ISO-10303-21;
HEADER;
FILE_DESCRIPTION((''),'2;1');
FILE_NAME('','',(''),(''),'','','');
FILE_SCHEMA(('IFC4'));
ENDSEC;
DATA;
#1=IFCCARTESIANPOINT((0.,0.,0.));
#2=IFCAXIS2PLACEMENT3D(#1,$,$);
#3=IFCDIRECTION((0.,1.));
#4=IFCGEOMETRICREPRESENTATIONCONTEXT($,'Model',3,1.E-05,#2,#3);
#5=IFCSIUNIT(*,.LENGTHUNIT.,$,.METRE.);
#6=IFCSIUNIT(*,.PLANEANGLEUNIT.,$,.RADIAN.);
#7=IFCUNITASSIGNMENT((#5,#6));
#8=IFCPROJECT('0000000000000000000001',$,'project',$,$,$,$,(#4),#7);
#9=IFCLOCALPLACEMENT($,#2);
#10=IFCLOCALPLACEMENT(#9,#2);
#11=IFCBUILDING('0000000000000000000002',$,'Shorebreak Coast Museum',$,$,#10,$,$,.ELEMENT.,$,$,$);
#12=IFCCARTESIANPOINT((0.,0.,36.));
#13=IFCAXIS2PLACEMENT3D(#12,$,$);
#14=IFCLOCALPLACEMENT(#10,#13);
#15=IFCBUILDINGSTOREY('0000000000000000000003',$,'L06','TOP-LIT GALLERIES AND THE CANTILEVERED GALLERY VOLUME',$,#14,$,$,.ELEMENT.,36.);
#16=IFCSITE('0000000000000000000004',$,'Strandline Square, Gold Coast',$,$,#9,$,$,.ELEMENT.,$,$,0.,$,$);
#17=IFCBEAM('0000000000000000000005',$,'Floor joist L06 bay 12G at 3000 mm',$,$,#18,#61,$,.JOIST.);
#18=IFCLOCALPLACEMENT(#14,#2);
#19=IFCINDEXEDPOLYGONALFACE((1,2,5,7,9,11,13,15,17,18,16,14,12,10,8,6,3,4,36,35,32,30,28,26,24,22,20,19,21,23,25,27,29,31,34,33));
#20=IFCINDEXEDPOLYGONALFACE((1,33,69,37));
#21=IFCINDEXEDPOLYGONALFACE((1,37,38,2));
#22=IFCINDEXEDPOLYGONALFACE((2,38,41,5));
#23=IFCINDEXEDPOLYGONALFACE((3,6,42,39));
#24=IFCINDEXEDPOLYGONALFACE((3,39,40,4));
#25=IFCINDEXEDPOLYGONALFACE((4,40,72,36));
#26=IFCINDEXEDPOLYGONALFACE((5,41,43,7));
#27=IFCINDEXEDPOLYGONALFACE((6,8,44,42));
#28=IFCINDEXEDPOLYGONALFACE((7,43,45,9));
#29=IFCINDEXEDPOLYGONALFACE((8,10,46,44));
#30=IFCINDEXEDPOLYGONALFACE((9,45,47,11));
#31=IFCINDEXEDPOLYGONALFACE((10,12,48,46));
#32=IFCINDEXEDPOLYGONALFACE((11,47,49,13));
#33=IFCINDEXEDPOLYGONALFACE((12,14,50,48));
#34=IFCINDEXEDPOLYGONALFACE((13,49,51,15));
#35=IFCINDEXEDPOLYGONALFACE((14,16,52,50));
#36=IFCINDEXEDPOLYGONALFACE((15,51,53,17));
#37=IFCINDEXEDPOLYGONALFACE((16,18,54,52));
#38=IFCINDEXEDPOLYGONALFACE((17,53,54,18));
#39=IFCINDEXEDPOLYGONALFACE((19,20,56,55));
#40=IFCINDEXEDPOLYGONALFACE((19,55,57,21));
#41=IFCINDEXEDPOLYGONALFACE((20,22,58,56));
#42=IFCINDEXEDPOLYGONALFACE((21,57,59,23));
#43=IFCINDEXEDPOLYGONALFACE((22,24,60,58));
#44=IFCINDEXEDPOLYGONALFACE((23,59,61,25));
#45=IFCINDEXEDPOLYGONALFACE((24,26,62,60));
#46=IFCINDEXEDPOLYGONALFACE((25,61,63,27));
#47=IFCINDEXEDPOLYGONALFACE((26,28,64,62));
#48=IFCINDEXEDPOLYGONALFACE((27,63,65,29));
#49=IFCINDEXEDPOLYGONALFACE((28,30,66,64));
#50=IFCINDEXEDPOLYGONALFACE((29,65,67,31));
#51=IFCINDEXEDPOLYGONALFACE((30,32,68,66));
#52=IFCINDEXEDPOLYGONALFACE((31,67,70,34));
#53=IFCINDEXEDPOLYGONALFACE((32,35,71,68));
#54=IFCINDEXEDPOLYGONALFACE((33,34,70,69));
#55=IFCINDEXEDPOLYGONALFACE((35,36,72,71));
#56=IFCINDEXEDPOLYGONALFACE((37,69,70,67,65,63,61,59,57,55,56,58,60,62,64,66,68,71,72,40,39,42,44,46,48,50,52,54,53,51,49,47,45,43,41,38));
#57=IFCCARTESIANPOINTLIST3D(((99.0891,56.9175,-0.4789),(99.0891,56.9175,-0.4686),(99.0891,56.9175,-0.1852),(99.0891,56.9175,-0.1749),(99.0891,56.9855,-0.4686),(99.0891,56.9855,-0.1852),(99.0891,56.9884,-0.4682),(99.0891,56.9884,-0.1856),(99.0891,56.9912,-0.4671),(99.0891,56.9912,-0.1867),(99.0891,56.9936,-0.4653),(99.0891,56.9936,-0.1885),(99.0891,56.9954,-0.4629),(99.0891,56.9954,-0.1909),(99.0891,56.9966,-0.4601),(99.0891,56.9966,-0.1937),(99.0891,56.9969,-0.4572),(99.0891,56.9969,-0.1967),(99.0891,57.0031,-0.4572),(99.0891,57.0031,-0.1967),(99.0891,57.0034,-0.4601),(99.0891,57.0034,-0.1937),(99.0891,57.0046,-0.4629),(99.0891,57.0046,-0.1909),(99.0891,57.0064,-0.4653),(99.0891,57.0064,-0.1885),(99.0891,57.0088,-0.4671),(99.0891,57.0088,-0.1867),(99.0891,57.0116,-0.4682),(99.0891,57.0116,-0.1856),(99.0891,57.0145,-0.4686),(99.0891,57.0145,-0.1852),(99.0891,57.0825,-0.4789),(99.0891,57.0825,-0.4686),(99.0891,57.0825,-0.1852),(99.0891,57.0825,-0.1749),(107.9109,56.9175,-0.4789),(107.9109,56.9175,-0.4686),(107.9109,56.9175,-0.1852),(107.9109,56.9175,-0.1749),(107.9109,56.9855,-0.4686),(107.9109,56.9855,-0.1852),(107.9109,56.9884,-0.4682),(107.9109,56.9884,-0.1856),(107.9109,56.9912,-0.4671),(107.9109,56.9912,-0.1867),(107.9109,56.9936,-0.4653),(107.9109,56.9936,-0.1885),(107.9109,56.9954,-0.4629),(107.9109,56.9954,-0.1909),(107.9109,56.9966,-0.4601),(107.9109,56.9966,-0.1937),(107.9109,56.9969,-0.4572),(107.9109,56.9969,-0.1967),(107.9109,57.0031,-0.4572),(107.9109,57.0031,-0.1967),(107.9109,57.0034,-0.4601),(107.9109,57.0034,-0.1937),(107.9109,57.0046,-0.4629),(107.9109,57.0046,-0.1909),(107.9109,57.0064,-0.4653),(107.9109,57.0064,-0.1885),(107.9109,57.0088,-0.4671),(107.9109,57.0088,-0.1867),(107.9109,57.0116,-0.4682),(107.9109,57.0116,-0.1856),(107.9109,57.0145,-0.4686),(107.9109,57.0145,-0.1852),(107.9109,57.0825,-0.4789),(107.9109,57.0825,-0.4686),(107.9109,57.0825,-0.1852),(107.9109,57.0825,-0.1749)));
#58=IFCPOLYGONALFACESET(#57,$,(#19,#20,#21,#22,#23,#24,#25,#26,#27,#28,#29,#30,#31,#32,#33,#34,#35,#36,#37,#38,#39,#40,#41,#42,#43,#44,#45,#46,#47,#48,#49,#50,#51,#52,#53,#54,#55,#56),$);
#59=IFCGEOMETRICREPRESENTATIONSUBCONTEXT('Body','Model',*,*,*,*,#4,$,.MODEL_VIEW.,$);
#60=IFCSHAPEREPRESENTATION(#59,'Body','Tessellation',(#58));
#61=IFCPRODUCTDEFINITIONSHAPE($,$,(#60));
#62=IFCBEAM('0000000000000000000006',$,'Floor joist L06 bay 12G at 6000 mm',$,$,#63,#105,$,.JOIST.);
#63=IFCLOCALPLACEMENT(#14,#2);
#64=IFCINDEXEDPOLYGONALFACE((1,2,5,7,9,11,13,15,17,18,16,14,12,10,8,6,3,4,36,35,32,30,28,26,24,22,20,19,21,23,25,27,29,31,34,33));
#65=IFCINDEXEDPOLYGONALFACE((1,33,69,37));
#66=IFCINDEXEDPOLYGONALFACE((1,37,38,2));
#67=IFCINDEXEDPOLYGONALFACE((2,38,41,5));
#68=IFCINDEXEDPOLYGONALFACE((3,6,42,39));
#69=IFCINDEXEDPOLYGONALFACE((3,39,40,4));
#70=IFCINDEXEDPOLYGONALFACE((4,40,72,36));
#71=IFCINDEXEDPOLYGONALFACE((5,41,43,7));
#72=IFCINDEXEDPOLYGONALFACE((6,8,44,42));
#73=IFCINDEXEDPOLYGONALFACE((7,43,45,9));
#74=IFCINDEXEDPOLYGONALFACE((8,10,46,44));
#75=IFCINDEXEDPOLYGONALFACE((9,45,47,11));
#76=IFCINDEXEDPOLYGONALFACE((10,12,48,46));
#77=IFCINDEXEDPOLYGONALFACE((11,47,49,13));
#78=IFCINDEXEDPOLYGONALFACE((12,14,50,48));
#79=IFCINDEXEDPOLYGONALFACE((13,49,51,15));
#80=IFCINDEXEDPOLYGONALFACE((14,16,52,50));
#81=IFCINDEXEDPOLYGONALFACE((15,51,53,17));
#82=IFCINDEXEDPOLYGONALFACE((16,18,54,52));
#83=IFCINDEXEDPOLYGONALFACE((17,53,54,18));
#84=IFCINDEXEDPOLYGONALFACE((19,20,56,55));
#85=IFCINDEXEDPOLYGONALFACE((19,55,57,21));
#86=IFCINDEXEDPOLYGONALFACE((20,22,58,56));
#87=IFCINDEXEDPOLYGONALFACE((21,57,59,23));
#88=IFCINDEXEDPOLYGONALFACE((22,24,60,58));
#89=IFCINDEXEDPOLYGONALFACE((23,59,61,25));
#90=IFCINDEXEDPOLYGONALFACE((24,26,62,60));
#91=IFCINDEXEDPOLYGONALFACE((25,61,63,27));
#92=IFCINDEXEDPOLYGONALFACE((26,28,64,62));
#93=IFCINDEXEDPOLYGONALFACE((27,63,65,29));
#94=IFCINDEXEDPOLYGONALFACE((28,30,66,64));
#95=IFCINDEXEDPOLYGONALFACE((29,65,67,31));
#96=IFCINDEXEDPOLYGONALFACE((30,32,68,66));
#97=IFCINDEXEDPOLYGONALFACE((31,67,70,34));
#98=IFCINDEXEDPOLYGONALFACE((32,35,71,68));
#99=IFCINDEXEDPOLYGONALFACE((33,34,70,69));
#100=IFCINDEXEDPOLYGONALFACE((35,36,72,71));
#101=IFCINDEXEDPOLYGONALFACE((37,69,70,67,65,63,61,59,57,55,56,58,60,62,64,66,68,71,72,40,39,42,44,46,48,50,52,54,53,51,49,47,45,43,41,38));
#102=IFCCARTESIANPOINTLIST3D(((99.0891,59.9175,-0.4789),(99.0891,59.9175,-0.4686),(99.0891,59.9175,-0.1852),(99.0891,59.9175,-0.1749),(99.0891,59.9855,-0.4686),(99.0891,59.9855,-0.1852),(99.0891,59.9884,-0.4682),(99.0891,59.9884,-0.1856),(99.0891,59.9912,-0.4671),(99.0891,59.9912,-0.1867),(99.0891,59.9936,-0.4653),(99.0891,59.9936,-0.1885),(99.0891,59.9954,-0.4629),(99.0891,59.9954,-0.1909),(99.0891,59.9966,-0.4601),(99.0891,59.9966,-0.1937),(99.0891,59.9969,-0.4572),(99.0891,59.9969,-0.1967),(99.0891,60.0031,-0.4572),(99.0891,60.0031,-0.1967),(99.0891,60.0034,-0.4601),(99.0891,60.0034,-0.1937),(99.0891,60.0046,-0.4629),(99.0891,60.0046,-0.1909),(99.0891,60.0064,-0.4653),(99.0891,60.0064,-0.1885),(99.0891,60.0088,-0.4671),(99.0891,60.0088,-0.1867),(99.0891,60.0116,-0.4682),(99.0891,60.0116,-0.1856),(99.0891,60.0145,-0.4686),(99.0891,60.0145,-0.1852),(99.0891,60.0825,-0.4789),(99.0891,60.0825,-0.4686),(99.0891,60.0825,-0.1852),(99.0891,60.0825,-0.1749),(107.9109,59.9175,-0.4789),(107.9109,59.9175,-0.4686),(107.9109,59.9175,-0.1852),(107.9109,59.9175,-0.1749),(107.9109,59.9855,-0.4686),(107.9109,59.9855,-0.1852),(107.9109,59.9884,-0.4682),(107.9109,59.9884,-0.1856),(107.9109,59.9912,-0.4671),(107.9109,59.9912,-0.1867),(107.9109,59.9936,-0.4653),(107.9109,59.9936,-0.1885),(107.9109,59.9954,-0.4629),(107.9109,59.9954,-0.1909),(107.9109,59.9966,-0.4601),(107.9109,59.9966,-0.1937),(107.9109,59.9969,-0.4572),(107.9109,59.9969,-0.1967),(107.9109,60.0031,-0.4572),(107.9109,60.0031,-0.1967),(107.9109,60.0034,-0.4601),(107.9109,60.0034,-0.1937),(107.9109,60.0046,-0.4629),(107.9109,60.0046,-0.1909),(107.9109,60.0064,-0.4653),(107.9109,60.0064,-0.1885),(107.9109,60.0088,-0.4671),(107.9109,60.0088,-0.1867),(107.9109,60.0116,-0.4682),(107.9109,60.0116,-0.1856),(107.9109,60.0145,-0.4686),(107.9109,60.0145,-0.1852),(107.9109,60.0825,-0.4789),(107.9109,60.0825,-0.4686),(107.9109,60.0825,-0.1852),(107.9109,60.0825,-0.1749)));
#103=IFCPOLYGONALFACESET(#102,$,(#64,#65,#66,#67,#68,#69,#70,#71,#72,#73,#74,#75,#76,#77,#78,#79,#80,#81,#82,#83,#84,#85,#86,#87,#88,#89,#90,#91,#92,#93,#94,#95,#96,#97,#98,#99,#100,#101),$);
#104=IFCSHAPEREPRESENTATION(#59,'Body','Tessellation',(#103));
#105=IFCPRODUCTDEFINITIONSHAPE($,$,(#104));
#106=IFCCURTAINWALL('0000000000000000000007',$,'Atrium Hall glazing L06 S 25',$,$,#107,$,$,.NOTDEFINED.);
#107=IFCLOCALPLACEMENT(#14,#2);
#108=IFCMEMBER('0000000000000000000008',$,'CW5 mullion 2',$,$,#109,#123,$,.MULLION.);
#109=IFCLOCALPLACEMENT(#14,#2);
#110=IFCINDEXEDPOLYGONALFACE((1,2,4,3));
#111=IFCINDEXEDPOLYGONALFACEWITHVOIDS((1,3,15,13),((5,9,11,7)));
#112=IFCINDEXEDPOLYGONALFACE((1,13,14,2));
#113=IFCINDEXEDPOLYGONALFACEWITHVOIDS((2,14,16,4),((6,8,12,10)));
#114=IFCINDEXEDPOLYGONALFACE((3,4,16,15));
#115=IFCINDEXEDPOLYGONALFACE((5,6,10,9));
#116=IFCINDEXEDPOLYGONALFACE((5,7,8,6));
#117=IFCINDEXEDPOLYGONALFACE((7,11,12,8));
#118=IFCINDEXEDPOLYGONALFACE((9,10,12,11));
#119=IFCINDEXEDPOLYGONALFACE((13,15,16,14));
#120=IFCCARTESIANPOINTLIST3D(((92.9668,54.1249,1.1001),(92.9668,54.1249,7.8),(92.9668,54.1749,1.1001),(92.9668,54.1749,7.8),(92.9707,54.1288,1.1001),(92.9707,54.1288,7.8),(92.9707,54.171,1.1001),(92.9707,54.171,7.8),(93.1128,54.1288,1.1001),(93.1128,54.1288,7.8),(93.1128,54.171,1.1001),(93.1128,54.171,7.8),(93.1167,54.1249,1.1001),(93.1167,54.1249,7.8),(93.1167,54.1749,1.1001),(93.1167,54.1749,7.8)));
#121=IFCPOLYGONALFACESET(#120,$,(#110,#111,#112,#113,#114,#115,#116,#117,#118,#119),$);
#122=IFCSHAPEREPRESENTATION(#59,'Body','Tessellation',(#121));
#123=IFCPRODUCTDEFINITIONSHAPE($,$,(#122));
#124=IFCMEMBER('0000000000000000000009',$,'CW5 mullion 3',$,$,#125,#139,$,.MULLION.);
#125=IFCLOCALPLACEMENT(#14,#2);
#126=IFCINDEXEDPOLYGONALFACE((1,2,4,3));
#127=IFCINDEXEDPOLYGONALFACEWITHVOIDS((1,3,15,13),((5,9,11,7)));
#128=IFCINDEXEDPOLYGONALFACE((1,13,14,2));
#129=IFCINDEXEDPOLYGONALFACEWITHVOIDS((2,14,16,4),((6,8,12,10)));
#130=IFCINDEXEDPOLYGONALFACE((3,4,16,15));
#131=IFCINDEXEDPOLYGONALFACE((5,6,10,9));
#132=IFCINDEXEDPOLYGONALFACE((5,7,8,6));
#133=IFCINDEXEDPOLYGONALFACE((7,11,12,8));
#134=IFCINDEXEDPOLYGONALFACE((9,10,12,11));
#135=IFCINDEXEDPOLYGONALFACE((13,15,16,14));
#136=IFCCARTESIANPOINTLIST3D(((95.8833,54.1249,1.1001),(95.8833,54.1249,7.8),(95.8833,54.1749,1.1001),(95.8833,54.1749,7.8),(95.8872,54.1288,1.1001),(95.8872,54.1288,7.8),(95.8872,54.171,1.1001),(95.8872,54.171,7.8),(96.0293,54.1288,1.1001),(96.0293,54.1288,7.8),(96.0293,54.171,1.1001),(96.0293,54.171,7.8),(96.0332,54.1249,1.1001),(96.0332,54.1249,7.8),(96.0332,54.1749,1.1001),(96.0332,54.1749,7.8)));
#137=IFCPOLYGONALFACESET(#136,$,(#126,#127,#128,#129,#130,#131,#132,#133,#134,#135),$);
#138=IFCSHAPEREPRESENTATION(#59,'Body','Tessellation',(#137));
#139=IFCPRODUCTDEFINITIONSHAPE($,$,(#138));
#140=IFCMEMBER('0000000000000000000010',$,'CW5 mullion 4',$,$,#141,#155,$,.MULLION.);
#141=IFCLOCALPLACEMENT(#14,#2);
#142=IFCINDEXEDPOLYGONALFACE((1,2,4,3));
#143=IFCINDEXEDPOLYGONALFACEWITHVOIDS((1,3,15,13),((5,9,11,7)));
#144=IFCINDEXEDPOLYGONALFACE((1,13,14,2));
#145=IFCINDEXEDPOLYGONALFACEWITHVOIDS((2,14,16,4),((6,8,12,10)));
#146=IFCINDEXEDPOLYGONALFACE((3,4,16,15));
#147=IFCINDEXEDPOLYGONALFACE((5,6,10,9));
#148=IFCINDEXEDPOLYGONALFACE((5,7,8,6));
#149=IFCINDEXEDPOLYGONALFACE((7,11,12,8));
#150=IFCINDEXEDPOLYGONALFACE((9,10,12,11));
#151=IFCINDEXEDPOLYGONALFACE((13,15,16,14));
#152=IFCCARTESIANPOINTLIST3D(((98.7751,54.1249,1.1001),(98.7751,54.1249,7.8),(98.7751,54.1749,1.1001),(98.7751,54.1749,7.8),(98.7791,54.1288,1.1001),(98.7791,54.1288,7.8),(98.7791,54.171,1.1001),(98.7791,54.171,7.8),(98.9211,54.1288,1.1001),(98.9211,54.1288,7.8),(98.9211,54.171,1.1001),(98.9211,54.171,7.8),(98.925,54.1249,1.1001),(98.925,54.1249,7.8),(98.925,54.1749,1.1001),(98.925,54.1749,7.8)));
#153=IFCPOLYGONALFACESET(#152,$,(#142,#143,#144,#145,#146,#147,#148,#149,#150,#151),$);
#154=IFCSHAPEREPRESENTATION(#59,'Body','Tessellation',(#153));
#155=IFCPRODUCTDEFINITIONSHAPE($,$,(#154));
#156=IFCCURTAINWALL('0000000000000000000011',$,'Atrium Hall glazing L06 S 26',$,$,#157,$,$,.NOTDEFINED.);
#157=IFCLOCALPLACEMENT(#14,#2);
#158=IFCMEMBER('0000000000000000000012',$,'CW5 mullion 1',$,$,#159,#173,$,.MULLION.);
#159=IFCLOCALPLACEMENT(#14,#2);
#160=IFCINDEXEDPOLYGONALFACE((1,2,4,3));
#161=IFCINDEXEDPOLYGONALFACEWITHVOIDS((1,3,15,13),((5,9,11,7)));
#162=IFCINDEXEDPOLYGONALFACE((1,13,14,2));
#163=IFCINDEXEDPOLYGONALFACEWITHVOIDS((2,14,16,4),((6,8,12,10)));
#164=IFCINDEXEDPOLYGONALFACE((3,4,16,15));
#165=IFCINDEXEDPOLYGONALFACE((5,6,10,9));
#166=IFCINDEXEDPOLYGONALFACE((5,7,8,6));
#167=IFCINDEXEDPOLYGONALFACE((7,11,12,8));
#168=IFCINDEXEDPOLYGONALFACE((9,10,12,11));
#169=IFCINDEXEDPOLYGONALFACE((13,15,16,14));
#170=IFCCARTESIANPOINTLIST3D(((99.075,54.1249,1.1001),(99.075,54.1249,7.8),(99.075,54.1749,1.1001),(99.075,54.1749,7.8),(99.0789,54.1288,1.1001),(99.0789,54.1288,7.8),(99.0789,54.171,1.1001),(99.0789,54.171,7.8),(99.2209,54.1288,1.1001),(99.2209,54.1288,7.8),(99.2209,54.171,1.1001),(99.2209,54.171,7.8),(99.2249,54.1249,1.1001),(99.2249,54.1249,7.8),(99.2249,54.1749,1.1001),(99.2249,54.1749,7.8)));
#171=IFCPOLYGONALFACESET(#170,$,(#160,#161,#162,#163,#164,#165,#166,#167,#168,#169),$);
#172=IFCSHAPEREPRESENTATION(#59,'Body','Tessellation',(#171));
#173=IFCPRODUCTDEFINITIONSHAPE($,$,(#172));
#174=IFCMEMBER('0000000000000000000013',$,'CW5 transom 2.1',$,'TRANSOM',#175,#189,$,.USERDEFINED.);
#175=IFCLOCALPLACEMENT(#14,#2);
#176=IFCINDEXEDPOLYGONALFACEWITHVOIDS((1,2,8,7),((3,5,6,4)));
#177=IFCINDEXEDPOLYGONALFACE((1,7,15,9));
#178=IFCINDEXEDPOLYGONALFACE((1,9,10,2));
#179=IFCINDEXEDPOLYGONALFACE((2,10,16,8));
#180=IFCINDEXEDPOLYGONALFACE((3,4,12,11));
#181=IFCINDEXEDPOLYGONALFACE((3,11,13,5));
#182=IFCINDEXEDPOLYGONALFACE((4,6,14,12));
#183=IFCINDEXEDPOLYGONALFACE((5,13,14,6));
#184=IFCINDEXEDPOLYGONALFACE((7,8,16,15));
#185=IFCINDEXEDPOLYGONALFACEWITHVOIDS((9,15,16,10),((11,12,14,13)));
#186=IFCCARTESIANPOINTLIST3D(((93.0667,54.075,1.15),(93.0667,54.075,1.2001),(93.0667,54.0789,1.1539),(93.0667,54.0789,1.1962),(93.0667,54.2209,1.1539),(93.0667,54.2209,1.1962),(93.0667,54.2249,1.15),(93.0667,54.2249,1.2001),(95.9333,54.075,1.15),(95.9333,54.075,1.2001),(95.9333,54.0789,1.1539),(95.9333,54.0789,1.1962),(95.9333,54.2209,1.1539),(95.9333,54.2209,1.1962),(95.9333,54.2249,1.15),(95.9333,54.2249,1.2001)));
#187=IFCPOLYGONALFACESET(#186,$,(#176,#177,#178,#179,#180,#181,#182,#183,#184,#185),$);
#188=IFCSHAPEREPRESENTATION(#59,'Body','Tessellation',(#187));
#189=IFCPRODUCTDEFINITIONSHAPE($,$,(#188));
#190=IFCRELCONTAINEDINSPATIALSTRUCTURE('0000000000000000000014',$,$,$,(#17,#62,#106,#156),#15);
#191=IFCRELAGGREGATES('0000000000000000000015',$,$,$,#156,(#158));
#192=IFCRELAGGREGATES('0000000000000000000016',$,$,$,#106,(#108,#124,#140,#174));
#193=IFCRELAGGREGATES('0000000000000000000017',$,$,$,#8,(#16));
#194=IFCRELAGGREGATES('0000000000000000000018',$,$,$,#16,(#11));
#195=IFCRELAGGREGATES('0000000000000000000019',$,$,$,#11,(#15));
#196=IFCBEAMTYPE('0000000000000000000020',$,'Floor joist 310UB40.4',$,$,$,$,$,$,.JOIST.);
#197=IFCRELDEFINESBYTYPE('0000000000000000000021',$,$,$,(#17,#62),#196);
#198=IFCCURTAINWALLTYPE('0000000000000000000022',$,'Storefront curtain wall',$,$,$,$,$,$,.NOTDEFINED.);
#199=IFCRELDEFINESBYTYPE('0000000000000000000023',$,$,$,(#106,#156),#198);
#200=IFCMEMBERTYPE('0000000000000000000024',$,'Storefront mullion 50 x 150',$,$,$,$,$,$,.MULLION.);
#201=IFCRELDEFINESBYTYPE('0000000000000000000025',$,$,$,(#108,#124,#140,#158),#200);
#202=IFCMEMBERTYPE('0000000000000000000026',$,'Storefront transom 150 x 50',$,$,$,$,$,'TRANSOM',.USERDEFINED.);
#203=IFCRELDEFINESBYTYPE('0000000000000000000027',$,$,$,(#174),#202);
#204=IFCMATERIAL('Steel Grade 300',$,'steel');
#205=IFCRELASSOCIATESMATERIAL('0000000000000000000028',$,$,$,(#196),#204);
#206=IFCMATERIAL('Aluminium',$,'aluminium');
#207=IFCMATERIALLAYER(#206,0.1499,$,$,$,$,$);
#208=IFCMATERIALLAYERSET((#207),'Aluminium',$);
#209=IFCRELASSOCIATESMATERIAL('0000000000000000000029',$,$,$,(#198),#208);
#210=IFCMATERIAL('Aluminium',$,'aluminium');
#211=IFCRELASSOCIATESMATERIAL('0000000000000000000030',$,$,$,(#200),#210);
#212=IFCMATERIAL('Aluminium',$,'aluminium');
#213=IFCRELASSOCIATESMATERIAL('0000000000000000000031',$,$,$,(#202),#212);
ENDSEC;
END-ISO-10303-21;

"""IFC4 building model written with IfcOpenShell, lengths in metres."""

from ifc_helpers import new_model, si_unit, direction, frame, origin, origin_2d, place, context, subcontext, project, spatial, hollow_rectangle, i_section, extrude, material, layer, layer_set, material_profile, profile_set, type_object, element, aggregate, save


model = new_model("IFC4")

# Units and contexts
model_context = context("Model", 3, precision=1e-05, world=origin(), true_north=direction((0.0, 1.0)))
body_context = subcontext(model_context, "Body", "Model", "MODEL_VIEW")
ifc_project = project(units=[si_unit("LENGTHUNIT", "METRE"), si_unit("PLANEANGLEUNIT", "RADIAN")], contexts=[model_context])

# Site, building, storey
site_placement = place(None, origin())
site = spatial("IfcSite", under=ifc_project, at=site_placement, Name="Strandline Square, Gold Coast", CompositionType="ELEMENT", RefElevation=0.0)
building_placement = place(site_placement, origin())
building = spatial("IfcBuilding", under=site, at=building_placement, Name="Shorebreak Coast Museum", CompositionType="ELEMENT")
storey_placement = place(building_placement, frame((0.0, 0.0, 36.0)))
storey = spatial("IfcBuildingStorey", under=building, at=storey_placement, Name="L06", Description="TOP-LIT GALLERIES AND THE CANTILEVERED GALLERY VOLUME", CompositionType="ELEMENT", Elevation=36.0)

# Beams
ifc_material_1 = material(Name="Steel Grade 300", Category="steel")
ifc_material_profile_1 = material_profile(ifc_material_1, i_section(OverallWidth=0.165, OverallDepth=0.304, WebThickness=0.0061, FlangeThickness=0.0103, FilletRadius=0.0115, at=origin_2d()), Name="310UB40.4")
ifc_profile_set_1 = profile_set([ifc_material_profile_1], Name="Steel Grade 300")
beam_type_1 = type_object("IfcBeamType", Name="Floor joist 310UB40.4", PredefinedType="JOIST", material=ifc_profile_set_1)
for number, where, z_axis, x_axis, name in (
    (1, (99.0891, 57.0, -0.3269), (1.0, 0.0, 0.0), (0.0, 1.0, 0.0), "Floor joist L06 bay 12G at 3000 mm"),
    (2, (99.0891, 60.0, -0.3269), (1.0, 0.0, 0.0), (0.0, 1.0, 0.0), "Floor joist L06 bay 12G at 6000 mm"),
):
    element("IfcBeam", number, at=place(storey_placement, frame(where, z_axis=z_axis, x_axis=x_axis)), inside=storey, type_object=beam_type_1, Name=name, PredefinedType="JOIST", context=body_context, shape_type="SweptSolid", body=[
        extrude(i_section(OverallWidth=0.165, OverallDepth=0.304, WebThickness=0.0061, FlangeThickness=0.0103, FilletRadius=0.0115, at=origin_2d()), origin(), (0.0, 0.0, 1.0), 8.8218),
    ])

# Curtain wall, members
ifc_material_2 = material(Name="Aluminium", Category="aluminium")
ifc_layer_1 = layer(ifc_material_2, 0.1499)
ifc_layer_set_1 = layer_set([ifc_layer_1], Name="Aluminium")
curtain_wall_type = type_object("IfcCurtainWallType", Name="Storefront curtain wall", PredefinedType="NOTDEFINED", material=ifc_layer_set_1)
curtain_wall_1_placement = place(storey_placement, origin())
curtain_wall_1 = element("IfcCurtainWall", 3, at=curtain_wall_1_placement, inside=storey, type_object=curtain_wall_type, Name="Atrium Hall glazing L06 S 25", PredefinedType="NOTDEFINED")
ifc_material_3 = material(Name="Aluminium", Category="aluminium")
ifc_material_profile_2 = material_profile(ifc_material_3, hollow_rectangle(XDim=0.05, YDim=0.1499, WallThickness=0.0039, at=origin_2d()), Name="AL 150x50 RHS")
ifc_profile_set_2 = profile_set([ifc_material_profile_2], Name="Aluminium")
member_type_1 = type_object("IfcMemberType", Name="Storefront mullion 50 x 150", PredefinedType="MULLION", material=ifc_profile_set_2)
member_1_placement = place(storey_placement, frame((93.0417, 54.1499, 1.1001), z_axis=(0.0, 0.0, 1.0), x_axis=(0.0, 1.0, 0.0)))
member_1 = element("IfcMember", 4, at=member_1_placement, type_object=member_type_1, Name="CW5 mullion 2", PredefinedType="MULLION", context=body_context, shape_type="SweptSolid", body=[
    extrude(hollow_rectangle(XDim=0.05, YDim=0.1499, WallThickness=0.0039, at=origin_2d()), origin(), (0.0, 0.0, 1.0), 6.7),
])
member_2_placement = place(storey_placement, frame((95.9583, 54.1499, 1.1001), z_axis=(0.0, 0.0, 1.0), x_axis=(0.0, 1.0, 0.0)))
member_2 = element("IfcMember", 5, at=member_2_placement, type_object=member_type_1, Name="CW5 mullion 3", PredefinedType="MULLION", context=body_context, shape_type="SweptSolid", body=[
    extrude(hollow_rectangle(XDim=0.05, YDim=0.1499, WallThickness=0.0039, at=origin_2d()), origin(), (0.0, 0.0, 1.0), 6.7),
])
member_3_placement = place(storey_placement, frame((98.8501, 54.1499, 1.1001), z_axis=(0.0, 0.0, 1.0), x_axis=(0.0, 1.0, 0.0)))
member_3 = element("IfcMember", 6, at=member_3_placement, type_object=member_type_1, Name="CW5 mullion 4", PredefinedType="MULLION", context=body_context, shape_type="SweptSolid", body=[
    extrude(hollow_rectangle(XDim=0.05, YDim=0.1499, WallThickness=0.0039, at=origin_2d()), origin(), (0.0, 0.0, 1.0), 6.7),
])

# Curtain wall, member
curtain_wall_2_placement = place(storey_placement, origin())
curtain_wall_2 = element("IfcCurtainWall", 7, at=curtain_wall_2_placement, inside=storey, type_object=curtain_wall_type, Name="Atrium Hall glazing L06 S 26", PredefinedType="NOTDEFINED")
member_4_placement = place(storey_placement, frame((99.1499, 54.1499, 1.1001), z_axis=(0.0, 0.0, 1.0), x_axis=(0.0, 1.0, 0.0)))
member_4 = element("IfcMember", 8, at=member_4_placement, type_object=member_type_1, Name="CW5 mullion 1", PredefinedType="MULLION", context=body_context, shape_type="SweptSolid", body=[
    extrude(hollow_rectangle(XDim=0.05, YDim=0.1499, WallThickness=0.0039, at=origin_2d()), origin(), (0.0, 0.0, 1.0), 6.7),
])

# Member
ifc_material_4 = material(Name="Aluminium", Category="aluminium")
ifc_material_profile_3 = material_profile(ifc_material_4, hollow_rectangle(XDim=0.1499, YDim=0.05, WallThickness=0.0039, at=origin_2d()), Name="AL 50x150 RHS")
ifc_profile_set_3 = profile_set([ifc_material_profile_3], Name="Aluminium")
member_type_2 = type_object("IfcMemberType", Name="Storefront transom 150 x 50", ElementType="TRANSOM", PredefinedType="USERDEFINED", material=ifc_profile_set_3)
member_5_placement = place(storey_placement, frame((93.0667, 54.1499, 1.175), z_axis=(1.0, 0.0, 0.0), x_axis=(0.0, 1.0, 0.0)))
member_5 = element("IfcMember", 9, at=member_5_placement, type_object=member_type_2, Name="CW5 transom 2.1", ObjectType="TRANSOM", PredefinedType="USERDEFINED", context=body_context, shape_type="SweptSolid", body=[
    extrude(hollow_rectangle(XDim=0.1499, YDim=0.05, WallThickness=0.0039, at=origin_2d()), origin(), (0.0, 0.0, 1.0), 2.8667),
])
aggregate(curtain_wall_2, [member_4])

aggregate(curtain_wall_1, [member_1, member_2, member_3, member_5])

save(model, "model.ifc")
